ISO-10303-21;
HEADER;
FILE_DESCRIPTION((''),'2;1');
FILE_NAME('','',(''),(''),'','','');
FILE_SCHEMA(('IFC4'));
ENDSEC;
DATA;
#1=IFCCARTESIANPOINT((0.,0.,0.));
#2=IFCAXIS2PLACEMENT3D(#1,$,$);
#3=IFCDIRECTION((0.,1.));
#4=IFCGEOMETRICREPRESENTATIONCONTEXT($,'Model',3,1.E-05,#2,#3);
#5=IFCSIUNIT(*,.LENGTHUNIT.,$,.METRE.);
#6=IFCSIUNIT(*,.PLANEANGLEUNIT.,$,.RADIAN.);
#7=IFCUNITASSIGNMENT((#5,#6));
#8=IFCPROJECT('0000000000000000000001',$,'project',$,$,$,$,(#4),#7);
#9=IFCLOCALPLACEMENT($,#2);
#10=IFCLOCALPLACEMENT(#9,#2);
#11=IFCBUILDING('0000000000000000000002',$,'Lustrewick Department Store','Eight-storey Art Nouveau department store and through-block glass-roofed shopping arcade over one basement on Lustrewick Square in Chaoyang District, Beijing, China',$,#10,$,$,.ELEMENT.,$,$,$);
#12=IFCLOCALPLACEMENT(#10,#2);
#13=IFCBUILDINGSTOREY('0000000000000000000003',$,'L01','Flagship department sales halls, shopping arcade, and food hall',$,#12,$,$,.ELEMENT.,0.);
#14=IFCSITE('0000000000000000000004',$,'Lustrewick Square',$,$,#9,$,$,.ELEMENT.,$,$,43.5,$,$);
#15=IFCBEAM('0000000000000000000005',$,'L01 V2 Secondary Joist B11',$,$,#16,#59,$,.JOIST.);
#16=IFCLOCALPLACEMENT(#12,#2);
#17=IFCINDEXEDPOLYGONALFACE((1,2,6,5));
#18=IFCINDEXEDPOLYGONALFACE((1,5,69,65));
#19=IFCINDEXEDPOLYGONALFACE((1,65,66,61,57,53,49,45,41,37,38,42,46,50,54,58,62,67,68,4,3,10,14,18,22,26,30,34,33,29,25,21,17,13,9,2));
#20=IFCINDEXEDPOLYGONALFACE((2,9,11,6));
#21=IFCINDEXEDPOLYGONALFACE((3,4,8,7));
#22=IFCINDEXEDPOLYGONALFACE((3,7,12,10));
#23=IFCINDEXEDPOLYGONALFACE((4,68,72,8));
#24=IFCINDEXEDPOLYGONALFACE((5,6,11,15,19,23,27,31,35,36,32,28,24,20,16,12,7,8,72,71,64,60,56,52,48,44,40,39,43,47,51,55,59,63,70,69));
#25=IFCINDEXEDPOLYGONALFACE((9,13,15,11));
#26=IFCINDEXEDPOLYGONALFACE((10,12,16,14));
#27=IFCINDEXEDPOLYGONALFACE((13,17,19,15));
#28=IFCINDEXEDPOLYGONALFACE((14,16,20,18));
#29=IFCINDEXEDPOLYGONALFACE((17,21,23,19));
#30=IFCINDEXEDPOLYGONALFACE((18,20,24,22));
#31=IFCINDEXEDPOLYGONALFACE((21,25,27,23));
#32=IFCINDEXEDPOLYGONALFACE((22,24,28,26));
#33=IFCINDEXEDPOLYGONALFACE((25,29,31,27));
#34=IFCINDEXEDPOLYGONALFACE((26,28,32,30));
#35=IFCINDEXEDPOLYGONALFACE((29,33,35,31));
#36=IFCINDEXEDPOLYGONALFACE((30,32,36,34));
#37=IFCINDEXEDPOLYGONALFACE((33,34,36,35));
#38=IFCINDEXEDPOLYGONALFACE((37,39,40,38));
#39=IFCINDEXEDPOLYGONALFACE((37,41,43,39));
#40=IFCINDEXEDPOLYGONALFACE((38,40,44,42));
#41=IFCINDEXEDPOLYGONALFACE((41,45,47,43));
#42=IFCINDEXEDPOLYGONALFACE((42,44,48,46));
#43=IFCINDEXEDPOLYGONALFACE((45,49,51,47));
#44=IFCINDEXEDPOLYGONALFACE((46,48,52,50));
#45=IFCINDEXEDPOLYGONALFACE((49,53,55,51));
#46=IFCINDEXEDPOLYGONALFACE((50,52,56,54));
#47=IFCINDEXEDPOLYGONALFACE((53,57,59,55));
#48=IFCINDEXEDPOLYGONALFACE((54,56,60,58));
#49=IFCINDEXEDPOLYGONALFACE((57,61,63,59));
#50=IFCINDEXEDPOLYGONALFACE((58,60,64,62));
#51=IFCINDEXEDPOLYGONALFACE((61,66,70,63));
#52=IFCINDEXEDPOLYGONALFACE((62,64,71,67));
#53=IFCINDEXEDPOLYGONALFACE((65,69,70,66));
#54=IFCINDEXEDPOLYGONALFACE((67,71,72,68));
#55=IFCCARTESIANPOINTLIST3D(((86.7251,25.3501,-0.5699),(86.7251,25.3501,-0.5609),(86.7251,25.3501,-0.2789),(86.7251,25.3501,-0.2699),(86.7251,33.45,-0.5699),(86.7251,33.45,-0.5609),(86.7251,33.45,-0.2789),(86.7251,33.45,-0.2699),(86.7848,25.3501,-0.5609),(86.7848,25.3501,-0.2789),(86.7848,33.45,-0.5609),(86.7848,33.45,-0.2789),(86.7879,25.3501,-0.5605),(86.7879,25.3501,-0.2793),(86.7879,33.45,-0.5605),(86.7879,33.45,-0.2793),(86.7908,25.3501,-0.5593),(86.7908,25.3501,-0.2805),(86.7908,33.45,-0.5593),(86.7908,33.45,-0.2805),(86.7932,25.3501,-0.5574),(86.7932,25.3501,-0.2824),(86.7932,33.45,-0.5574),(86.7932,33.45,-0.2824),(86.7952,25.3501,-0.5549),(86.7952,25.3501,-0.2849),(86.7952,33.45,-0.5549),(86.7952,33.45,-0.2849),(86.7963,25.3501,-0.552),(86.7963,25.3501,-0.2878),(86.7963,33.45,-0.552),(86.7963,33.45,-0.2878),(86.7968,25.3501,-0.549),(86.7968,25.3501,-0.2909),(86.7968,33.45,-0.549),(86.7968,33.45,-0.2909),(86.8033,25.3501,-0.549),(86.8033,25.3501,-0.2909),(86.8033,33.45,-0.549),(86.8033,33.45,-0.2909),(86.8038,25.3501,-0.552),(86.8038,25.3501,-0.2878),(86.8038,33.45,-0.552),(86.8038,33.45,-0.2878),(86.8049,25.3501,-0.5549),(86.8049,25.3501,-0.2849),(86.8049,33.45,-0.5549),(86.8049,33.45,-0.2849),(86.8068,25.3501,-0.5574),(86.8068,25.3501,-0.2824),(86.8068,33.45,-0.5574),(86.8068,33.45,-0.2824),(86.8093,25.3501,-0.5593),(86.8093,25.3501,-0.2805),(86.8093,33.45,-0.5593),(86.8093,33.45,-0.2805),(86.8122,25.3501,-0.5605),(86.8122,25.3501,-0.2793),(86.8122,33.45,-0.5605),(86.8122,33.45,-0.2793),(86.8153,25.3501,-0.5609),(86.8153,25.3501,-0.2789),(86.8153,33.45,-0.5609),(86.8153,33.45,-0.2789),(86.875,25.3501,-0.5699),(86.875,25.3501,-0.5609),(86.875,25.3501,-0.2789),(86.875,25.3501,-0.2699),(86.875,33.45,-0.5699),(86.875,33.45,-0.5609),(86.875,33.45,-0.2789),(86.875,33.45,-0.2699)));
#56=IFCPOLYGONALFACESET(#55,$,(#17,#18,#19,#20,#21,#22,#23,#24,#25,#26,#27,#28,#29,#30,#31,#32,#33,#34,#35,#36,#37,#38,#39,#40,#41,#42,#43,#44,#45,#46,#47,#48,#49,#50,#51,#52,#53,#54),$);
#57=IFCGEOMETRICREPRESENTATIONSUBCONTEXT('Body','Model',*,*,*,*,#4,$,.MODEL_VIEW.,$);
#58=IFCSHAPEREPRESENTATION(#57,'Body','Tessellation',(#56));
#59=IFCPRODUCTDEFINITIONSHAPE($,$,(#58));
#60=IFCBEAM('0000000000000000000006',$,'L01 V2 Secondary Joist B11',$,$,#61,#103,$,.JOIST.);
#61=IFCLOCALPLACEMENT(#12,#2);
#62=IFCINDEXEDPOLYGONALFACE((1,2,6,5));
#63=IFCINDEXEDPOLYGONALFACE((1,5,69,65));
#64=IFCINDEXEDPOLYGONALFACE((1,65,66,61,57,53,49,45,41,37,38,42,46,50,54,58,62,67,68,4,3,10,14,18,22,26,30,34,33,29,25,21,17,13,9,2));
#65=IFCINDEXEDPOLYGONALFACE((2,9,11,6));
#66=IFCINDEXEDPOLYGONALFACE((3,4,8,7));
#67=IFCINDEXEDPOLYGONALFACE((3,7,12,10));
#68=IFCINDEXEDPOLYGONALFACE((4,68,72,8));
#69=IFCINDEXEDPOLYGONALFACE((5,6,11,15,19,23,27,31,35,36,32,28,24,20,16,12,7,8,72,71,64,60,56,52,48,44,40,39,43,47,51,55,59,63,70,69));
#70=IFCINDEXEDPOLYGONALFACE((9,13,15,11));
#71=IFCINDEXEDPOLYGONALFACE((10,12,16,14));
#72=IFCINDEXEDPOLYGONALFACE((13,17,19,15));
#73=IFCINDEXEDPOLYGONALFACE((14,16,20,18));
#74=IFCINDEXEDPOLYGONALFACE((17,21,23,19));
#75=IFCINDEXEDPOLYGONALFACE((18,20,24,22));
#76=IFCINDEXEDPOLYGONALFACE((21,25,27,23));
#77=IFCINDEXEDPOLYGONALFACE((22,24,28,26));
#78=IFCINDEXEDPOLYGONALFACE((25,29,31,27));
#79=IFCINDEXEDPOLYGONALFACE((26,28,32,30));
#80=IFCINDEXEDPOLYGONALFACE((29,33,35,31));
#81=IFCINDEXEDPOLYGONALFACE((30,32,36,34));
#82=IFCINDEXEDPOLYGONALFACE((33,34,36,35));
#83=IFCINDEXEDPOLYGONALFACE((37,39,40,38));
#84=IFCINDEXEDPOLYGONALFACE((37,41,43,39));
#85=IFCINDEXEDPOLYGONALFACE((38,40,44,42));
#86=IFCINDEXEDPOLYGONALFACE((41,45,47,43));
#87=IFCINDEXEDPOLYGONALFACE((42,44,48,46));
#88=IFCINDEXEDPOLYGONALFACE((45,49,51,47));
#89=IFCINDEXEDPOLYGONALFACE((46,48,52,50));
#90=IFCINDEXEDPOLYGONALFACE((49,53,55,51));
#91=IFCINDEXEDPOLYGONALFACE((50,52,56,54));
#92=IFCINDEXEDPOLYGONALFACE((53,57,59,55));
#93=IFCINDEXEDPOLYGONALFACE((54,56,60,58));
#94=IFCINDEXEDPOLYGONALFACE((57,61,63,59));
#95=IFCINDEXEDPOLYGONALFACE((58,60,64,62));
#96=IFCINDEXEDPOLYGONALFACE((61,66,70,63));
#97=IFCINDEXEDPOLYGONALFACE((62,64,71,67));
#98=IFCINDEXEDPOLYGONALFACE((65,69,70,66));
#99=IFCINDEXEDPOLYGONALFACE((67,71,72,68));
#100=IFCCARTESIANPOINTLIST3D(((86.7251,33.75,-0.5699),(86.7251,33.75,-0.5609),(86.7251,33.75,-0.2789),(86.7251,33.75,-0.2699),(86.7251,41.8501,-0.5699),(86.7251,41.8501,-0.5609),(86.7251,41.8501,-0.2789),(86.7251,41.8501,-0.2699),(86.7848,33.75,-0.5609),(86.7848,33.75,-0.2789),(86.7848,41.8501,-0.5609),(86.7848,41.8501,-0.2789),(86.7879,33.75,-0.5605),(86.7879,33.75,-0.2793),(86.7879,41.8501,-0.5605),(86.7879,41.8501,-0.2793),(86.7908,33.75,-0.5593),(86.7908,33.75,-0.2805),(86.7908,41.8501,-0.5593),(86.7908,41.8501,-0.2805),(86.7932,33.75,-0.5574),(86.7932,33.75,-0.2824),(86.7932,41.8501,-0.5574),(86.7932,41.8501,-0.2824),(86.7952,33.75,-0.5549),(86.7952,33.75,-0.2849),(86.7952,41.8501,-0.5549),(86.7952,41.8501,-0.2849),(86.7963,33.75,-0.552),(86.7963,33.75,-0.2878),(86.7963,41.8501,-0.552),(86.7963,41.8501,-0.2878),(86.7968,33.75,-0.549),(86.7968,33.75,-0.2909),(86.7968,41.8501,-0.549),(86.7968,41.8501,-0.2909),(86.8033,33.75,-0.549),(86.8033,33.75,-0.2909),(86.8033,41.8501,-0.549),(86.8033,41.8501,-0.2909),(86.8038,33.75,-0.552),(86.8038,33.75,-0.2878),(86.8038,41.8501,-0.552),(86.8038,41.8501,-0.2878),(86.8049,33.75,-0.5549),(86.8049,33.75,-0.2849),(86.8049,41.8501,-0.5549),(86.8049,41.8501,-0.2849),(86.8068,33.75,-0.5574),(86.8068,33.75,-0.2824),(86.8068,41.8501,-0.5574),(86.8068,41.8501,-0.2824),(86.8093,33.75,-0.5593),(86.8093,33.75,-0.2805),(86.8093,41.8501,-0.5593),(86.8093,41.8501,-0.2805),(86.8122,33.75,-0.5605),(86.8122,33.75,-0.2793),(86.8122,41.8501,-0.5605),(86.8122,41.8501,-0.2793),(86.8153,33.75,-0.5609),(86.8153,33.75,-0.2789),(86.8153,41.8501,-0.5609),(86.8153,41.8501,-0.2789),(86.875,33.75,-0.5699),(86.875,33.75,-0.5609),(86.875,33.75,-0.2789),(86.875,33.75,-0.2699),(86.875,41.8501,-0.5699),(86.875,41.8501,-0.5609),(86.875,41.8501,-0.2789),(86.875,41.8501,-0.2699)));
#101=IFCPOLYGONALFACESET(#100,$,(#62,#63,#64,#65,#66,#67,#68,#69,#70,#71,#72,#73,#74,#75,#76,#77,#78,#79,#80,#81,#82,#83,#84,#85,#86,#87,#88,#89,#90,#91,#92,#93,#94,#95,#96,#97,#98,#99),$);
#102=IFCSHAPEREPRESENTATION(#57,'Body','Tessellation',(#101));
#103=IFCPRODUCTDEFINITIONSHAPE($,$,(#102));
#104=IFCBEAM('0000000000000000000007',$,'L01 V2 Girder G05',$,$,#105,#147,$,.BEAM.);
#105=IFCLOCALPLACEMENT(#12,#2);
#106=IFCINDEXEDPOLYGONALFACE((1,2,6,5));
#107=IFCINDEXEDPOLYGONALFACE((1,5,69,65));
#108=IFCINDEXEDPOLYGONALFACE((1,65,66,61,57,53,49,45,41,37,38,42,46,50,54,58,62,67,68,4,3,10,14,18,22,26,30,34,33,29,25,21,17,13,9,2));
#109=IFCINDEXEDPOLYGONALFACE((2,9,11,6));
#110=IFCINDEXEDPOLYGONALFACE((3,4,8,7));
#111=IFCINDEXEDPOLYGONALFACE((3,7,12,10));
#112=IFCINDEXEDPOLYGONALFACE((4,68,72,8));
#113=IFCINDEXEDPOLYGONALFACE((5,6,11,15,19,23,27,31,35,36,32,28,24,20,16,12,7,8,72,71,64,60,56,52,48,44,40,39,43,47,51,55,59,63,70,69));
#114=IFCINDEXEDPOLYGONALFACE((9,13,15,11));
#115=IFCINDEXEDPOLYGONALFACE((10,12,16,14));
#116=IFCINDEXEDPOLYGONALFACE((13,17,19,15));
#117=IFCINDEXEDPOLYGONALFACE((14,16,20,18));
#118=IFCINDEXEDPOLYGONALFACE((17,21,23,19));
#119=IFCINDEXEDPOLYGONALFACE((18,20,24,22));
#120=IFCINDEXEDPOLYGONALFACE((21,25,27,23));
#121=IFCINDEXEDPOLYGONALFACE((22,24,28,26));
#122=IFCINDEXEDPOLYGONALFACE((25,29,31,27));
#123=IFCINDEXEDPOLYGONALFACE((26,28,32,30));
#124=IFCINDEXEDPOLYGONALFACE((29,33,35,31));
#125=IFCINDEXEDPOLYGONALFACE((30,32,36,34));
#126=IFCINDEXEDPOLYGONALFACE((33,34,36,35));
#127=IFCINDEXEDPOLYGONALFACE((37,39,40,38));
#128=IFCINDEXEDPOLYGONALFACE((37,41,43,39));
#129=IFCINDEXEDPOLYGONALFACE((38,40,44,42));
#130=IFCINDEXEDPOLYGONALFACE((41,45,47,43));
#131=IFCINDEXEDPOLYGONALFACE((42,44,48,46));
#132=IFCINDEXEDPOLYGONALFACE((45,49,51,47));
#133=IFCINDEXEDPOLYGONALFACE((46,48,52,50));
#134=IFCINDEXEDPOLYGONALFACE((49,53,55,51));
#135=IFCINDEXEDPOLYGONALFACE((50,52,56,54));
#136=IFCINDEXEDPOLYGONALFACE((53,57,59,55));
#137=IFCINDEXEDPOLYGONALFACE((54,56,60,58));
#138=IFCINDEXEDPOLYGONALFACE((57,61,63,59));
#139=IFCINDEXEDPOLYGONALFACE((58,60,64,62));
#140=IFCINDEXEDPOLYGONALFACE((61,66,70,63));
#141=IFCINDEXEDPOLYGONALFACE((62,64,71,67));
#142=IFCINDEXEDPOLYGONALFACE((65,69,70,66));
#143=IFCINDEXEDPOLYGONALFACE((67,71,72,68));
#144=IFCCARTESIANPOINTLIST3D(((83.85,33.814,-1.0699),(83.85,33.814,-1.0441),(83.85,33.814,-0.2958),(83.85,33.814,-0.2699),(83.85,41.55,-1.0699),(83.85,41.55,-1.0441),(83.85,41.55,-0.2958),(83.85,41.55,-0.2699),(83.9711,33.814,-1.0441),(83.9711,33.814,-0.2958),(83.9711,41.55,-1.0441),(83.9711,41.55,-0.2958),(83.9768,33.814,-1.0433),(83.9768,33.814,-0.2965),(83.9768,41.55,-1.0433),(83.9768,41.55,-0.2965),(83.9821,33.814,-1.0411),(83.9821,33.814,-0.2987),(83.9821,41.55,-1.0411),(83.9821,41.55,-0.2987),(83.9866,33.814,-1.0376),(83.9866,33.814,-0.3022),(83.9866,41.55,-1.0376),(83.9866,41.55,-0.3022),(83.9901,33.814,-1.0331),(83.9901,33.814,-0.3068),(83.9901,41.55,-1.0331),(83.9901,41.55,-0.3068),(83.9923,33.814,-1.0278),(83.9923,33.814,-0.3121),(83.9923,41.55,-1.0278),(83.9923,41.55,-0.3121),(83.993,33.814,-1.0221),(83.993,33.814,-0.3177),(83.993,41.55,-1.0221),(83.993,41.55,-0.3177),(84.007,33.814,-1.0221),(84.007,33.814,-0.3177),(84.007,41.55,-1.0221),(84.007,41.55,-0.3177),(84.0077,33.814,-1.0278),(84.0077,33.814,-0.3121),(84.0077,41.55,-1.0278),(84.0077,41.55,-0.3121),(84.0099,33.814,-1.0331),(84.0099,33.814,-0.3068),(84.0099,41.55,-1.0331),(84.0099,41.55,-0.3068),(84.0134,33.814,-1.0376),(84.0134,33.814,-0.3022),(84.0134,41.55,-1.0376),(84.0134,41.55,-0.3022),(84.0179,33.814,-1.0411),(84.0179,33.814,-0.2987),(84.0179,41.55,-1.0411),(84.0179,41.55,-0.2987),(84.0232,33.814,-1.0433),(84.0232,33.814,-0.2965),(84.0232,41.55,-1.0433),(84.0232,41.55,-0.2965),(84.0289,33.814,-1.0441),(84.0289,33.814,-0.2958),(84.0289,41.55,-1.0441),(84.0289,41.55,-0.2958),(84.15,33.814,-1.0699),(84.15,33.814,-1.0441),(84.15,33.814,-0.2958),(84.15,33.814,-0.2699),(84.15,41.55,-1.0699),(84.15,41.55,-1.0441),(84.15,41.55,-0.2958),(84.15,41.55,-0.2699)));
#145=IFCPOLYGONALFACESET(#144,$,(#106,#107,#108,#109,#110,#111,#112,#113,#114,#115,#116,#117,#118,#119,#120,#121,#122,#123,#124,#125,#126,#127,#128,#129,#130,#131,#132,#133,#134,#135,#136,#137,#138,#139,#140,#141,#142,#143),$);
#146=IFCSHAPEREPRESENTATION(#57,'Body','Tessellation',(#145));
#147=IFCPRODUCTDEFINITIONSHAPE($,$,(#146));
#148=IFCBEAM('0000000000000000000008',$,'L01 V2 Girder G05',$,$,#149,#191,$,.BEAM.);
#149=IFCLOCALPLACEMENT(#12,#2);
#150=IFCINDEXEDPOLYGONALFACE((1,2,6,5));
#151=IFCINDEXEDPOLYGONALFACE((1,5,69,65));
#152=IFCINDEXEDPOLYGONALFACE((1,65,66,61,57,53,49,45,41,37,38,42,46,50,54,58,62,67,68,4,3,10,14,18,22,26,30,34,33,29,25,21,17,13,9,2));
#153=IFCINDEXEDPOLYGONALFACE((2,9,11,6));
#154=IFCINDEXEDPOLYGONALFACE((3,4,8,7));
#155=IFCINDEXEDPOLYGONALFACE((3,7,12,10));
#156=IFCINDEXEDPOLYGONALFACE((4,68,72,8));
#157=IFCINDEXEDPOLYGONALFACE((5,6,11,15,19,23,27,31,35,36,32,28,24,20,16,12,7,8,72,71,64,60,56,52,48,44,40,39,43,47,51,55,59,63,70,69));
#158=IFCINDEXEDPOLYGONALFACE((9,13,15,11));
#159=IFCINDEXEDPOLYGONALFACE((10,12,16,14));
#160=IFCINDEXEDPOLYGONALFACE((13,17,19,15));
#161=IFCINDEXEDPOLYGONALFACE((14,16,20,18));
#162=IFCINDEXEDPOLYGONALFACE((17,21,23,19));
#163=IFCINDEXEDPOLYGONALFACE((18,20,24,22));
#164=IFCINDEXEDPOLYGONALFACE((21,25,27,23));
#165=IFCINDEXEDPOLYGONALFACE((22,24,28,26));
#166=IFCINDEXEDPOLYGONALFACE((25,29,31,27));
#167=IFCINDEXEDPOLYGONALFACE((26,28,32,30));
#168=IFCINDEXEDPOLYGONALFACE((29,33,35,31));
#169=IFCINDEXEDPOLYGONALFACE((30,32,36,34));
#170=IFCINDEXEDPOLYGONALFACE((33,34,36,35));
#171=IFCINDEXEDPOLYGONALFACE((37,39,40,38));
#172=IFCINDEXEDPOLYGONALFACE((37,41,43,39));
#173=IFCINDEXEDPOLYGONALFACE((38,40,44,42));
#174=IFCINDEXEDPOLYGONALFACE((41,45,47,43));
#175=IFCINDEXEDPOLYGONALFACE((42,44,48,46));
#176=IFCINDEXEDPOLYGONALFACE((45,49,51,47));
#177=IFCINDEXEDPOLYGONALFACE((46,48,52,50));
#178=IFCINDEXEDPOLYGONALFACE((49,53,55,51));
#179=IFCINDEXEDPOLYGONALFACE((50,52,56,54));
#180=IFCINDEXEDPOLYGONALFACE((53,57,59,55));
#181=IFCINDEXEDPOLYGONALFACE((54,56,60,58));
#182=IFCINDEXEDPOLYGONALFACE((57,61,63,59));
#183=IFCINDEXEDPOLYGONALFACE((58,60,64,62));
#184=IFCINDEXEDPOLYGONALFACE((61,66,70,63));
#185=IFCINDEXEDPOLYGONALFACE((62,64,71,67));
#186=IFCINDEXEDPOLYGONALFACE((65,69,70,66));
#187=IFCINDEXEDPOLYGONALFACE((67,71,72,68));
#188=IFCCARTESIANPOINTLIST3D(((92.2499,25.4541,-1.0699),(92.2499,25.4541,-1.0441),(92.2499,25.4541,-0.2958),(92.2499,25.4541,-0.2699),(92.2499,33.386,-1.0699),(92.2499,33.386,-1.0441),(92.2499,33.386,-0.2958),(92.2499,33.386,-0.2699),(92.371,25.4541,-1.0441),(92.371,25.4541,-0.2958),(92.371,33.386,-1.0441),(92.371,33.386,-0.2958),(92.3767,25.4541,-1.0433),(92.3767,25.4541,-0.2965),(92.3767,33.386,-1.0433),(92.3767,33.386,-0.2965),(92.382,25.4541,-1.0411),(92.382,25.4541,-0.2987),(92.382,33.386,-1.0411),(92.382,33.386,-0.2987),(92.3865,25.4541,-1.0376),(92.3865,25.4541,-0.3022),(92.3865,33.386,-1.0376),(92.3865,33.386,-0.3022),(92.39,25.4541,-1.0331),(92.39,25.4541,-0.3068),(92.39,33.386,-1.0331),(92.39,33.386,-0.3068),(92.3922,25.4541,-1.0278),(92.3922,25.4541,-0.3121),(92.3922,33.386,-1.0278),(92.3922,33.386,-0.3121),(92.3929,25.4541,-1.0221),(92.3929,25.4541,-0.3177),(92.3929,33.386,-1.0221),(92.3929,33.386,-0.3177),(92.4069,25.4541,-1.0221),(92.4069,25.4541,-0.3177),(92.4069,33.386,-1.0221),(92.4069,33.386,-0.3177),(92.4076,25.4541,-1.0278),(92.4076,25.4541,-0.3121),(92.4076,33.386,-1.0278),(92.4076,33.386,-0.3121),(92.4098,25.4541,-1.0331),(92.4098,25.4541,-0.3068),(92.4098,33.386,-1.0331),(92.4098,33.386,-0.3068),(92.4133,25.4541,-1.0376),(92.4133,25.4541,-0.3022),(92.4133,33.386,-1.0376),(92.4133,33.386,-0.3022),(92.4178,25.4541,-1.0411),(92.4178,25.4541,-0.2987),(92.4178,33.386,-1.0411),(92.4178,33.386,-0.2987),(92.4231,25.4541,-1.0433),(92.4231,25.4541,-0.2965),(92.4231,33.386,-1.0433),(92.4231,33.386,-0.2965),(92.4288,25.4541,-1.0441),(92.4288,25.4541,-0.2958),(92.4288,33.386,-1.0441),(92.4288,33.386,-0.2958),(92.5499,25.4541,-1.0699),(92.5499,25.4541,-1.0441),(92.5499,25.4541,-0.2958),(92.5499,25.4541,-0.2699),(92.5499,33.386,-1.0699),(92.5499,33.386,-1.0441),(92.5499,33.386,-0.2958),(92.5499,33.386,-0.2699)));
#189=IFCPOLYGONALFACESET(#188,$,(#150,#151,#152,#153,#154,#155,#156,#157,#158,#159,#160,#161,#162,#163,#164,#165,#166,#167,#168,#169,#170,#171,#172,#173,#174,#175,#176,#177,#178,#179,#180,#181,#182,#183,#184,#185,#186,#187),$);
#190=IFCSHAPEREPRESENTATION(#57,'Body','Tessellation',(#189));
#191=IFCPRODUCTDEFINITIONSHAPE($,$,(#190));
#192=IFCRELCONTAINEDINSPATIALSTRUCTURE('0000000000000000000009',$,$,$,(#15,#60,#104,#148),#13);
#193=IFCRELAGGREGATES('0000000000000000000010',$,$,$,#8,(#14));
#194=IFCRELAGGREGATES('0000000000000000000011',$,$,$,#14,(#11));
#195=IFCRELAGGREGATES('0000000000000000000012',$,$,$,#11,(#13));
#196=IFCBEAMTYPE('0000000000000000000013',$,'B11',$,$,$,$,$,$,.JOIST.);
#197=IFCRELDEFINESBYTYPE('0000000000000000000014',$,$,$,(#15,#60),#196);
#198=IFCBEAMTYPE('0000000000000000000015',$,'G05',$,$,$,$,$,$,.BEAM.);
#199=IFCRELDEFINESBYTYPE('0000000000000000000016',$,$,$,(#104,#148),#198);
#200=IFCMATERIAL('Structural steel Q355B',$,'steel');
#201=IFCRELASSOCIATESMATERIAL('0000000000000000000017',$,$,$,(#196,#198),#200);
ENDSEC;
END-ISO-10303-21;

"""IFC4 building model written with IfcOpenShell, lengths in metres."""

from ifc_helpers import new_model, si_unit, direction, frame, origin, origin_2d, place, context, subcontext, project, spatial, i_section, extrude, material, material_profile, profile_set, type_object, element, save


model = new_model("IFC4")

# Units and contexts
model_context = context("Model", 3, precision=1e-05, world=origin(), true_north=direction((0.0, 1.0)))
body_context = subcontext(model_context, "Body", "Model", "MODEL_VIEW")
ifc_project = project(units=[si_unit("LENGTHUNIT", "METRE"), si_unit("PLANEANGLEUNIT", "RADIAN")], contexts=[model_context])

# Site, building, storey
site_placement = place(None, origin())
site = spatial("IfcSite", under=ifc_project, at=site_placement, Name="Lustrewick Square", CompositionType="ELEMENT", RefElevation=43.5)
building_placement = place(site_placement, origin())
building = spatial("IfcBuilding", under=site, at=building_placement, Name="Lustrewick Department Store", Description="Eight-storey Art Nouveau department store and through-block glass-roofed shopping arcade over one basement on Lustrewick Square in Chaoyang District, Beijing, China", CompositionType="ELEMENT")
storey_placement = place(building_placement, origin())
storey = spatial("IfcBuildingStorey", under=building, at=storey_placement, Name="L01", Description="Flagship department sales halls, shopping arcade, and food hall", CompositionType="ELEMENT", Elevation=0.0)

# Shared definitions
ifc_material_1 = material(Name="Structural steel Q355B", Category="steel")

# Beams
ifc_material_profile_1 = material_profile(ifc_material_1, i_section(OverallWidth=0.1499, OverallDepth=0.3, WebThickness=0.0066, FlangeThickness=0.009, FilletRadius=0.012, at=origin_2d()), Name="HN 300x150x6.5x9")
ifc_profile_set_1 = profile_set([ifc_material_profile_1], Name="Structural steel Q355B")
beam_type_1 = type_object("IfcBeamType", Name="B11", PredefinedType="JOIST", material=ifc_profile_set_1)
beam_1_placement = place(storey_placement, frame((86.8, 25.3501, -0.4199), z_axis=(0.0, 1.0, 0.0), x_axis=(-1.0, 0.0, 0.0)))
element("IfcBeam", 1, at=beam_1_placement, inside=storey, type_object=beam_type_1, Name="L01 V2 Secondary Joist B11", PredefinedType="JOIST", context=body_context, shape_type="SweptSolid", body=[
    extrude(i_section(OverallWidth=0.1499, OverallDepth=0.3, WebThickness=0.0066, FlangeThickness=0.009, FilletRadius=0.012, at=origin_2d()), origin(), (0.0, 0.0, 1.0), 8.0999),
])
beam_2_placement = place(storey_placement, frame((86.8, 33.75, -0.4199), z_axis=(0.0, 1.0, 0.0), x_axis=(-1.0, 0.0, 0.0)))
element("IfcBeam", 2, at=beam_2_placement, inside=storey, type_object=beam_type_1, Name="L01 V2 Secondary Joist B11", PredefinedType="JOIST", context=body_context, shape_type="SweptSolid", body=[
    extrude(i_section(OverallWidth=0.1499, OverallDepth=0.3, WebThickness=0.0066, FlangeThickness=0.009, FilletRadius=0.012, at=origin_2d()), origin(), (0.0, 0.0, 1.0), 8.1001),
])
ifc_material_profile_2 = material_profile(ifc_material_1, i_section(OverallWidth=0.3, OverallDepth=0.8, WebThickness=0.0139, FlangeThickness=0.0259, FilletRadius=0.022, at=origin_2d()), Name="HN 800x300x14x26")
ifc_profile_set_2 = profile_set([ifc_material_profile_2], Name="Structural steel Q355B")
beam_type_2 = type_object("IfcBeamType", Name="G05", PredefinedType="BEAM", material=ifc_profile_set_2)
beam_3_placement = place(storey_placement, frame((84.0, 33.814, -0.6699), z_axis=(0.0, 1.0, 0.0), x_axis=(-1.0, 0.0, 0.0)))
element("IfcBeam", 3, at=beam_3_placement, inside=storey, type_object=beam_type_2, Name="L01 V2 Girder G05", PredefinedType="BEAM", context=body_context, shape_type="SweptSolid", body=[
    extrude(i_section(OverallWidth=0.3, OverallDepth=0.8, WebThickness=0.0139, FlangeThickness=0.0259, FilletRadius=0.022, at=origin_2d()), origin(), (0.0, 0.0, 1.0), 7.7361),
])
beam_4_placement = place(storey_placement, frame((92.3999, 25.4541, -0.6699), z_axis=(0.0, 1.0, 0.0), x_axis=(-1.0, 0.0, 0.0)))
element("IfcBeam", 4, at=beam_4_placement, inside=storey, type_object=beam_type_2, Name="L01 V2 Girder G05", PredefinedType="BEAM", context=body_context, shape_type="SweptSolid", body=[
    extrude(i_section(OverallWidth=0.3, OverallDepth=0.8, WebThickness=0.0139, FlangeThickness=0.0259, FilletRadius=0.022, at=origin_2d()), origin(), (0.0, 0.0, 1.0), 7.9319),
])

save(model, "model.ifc")
